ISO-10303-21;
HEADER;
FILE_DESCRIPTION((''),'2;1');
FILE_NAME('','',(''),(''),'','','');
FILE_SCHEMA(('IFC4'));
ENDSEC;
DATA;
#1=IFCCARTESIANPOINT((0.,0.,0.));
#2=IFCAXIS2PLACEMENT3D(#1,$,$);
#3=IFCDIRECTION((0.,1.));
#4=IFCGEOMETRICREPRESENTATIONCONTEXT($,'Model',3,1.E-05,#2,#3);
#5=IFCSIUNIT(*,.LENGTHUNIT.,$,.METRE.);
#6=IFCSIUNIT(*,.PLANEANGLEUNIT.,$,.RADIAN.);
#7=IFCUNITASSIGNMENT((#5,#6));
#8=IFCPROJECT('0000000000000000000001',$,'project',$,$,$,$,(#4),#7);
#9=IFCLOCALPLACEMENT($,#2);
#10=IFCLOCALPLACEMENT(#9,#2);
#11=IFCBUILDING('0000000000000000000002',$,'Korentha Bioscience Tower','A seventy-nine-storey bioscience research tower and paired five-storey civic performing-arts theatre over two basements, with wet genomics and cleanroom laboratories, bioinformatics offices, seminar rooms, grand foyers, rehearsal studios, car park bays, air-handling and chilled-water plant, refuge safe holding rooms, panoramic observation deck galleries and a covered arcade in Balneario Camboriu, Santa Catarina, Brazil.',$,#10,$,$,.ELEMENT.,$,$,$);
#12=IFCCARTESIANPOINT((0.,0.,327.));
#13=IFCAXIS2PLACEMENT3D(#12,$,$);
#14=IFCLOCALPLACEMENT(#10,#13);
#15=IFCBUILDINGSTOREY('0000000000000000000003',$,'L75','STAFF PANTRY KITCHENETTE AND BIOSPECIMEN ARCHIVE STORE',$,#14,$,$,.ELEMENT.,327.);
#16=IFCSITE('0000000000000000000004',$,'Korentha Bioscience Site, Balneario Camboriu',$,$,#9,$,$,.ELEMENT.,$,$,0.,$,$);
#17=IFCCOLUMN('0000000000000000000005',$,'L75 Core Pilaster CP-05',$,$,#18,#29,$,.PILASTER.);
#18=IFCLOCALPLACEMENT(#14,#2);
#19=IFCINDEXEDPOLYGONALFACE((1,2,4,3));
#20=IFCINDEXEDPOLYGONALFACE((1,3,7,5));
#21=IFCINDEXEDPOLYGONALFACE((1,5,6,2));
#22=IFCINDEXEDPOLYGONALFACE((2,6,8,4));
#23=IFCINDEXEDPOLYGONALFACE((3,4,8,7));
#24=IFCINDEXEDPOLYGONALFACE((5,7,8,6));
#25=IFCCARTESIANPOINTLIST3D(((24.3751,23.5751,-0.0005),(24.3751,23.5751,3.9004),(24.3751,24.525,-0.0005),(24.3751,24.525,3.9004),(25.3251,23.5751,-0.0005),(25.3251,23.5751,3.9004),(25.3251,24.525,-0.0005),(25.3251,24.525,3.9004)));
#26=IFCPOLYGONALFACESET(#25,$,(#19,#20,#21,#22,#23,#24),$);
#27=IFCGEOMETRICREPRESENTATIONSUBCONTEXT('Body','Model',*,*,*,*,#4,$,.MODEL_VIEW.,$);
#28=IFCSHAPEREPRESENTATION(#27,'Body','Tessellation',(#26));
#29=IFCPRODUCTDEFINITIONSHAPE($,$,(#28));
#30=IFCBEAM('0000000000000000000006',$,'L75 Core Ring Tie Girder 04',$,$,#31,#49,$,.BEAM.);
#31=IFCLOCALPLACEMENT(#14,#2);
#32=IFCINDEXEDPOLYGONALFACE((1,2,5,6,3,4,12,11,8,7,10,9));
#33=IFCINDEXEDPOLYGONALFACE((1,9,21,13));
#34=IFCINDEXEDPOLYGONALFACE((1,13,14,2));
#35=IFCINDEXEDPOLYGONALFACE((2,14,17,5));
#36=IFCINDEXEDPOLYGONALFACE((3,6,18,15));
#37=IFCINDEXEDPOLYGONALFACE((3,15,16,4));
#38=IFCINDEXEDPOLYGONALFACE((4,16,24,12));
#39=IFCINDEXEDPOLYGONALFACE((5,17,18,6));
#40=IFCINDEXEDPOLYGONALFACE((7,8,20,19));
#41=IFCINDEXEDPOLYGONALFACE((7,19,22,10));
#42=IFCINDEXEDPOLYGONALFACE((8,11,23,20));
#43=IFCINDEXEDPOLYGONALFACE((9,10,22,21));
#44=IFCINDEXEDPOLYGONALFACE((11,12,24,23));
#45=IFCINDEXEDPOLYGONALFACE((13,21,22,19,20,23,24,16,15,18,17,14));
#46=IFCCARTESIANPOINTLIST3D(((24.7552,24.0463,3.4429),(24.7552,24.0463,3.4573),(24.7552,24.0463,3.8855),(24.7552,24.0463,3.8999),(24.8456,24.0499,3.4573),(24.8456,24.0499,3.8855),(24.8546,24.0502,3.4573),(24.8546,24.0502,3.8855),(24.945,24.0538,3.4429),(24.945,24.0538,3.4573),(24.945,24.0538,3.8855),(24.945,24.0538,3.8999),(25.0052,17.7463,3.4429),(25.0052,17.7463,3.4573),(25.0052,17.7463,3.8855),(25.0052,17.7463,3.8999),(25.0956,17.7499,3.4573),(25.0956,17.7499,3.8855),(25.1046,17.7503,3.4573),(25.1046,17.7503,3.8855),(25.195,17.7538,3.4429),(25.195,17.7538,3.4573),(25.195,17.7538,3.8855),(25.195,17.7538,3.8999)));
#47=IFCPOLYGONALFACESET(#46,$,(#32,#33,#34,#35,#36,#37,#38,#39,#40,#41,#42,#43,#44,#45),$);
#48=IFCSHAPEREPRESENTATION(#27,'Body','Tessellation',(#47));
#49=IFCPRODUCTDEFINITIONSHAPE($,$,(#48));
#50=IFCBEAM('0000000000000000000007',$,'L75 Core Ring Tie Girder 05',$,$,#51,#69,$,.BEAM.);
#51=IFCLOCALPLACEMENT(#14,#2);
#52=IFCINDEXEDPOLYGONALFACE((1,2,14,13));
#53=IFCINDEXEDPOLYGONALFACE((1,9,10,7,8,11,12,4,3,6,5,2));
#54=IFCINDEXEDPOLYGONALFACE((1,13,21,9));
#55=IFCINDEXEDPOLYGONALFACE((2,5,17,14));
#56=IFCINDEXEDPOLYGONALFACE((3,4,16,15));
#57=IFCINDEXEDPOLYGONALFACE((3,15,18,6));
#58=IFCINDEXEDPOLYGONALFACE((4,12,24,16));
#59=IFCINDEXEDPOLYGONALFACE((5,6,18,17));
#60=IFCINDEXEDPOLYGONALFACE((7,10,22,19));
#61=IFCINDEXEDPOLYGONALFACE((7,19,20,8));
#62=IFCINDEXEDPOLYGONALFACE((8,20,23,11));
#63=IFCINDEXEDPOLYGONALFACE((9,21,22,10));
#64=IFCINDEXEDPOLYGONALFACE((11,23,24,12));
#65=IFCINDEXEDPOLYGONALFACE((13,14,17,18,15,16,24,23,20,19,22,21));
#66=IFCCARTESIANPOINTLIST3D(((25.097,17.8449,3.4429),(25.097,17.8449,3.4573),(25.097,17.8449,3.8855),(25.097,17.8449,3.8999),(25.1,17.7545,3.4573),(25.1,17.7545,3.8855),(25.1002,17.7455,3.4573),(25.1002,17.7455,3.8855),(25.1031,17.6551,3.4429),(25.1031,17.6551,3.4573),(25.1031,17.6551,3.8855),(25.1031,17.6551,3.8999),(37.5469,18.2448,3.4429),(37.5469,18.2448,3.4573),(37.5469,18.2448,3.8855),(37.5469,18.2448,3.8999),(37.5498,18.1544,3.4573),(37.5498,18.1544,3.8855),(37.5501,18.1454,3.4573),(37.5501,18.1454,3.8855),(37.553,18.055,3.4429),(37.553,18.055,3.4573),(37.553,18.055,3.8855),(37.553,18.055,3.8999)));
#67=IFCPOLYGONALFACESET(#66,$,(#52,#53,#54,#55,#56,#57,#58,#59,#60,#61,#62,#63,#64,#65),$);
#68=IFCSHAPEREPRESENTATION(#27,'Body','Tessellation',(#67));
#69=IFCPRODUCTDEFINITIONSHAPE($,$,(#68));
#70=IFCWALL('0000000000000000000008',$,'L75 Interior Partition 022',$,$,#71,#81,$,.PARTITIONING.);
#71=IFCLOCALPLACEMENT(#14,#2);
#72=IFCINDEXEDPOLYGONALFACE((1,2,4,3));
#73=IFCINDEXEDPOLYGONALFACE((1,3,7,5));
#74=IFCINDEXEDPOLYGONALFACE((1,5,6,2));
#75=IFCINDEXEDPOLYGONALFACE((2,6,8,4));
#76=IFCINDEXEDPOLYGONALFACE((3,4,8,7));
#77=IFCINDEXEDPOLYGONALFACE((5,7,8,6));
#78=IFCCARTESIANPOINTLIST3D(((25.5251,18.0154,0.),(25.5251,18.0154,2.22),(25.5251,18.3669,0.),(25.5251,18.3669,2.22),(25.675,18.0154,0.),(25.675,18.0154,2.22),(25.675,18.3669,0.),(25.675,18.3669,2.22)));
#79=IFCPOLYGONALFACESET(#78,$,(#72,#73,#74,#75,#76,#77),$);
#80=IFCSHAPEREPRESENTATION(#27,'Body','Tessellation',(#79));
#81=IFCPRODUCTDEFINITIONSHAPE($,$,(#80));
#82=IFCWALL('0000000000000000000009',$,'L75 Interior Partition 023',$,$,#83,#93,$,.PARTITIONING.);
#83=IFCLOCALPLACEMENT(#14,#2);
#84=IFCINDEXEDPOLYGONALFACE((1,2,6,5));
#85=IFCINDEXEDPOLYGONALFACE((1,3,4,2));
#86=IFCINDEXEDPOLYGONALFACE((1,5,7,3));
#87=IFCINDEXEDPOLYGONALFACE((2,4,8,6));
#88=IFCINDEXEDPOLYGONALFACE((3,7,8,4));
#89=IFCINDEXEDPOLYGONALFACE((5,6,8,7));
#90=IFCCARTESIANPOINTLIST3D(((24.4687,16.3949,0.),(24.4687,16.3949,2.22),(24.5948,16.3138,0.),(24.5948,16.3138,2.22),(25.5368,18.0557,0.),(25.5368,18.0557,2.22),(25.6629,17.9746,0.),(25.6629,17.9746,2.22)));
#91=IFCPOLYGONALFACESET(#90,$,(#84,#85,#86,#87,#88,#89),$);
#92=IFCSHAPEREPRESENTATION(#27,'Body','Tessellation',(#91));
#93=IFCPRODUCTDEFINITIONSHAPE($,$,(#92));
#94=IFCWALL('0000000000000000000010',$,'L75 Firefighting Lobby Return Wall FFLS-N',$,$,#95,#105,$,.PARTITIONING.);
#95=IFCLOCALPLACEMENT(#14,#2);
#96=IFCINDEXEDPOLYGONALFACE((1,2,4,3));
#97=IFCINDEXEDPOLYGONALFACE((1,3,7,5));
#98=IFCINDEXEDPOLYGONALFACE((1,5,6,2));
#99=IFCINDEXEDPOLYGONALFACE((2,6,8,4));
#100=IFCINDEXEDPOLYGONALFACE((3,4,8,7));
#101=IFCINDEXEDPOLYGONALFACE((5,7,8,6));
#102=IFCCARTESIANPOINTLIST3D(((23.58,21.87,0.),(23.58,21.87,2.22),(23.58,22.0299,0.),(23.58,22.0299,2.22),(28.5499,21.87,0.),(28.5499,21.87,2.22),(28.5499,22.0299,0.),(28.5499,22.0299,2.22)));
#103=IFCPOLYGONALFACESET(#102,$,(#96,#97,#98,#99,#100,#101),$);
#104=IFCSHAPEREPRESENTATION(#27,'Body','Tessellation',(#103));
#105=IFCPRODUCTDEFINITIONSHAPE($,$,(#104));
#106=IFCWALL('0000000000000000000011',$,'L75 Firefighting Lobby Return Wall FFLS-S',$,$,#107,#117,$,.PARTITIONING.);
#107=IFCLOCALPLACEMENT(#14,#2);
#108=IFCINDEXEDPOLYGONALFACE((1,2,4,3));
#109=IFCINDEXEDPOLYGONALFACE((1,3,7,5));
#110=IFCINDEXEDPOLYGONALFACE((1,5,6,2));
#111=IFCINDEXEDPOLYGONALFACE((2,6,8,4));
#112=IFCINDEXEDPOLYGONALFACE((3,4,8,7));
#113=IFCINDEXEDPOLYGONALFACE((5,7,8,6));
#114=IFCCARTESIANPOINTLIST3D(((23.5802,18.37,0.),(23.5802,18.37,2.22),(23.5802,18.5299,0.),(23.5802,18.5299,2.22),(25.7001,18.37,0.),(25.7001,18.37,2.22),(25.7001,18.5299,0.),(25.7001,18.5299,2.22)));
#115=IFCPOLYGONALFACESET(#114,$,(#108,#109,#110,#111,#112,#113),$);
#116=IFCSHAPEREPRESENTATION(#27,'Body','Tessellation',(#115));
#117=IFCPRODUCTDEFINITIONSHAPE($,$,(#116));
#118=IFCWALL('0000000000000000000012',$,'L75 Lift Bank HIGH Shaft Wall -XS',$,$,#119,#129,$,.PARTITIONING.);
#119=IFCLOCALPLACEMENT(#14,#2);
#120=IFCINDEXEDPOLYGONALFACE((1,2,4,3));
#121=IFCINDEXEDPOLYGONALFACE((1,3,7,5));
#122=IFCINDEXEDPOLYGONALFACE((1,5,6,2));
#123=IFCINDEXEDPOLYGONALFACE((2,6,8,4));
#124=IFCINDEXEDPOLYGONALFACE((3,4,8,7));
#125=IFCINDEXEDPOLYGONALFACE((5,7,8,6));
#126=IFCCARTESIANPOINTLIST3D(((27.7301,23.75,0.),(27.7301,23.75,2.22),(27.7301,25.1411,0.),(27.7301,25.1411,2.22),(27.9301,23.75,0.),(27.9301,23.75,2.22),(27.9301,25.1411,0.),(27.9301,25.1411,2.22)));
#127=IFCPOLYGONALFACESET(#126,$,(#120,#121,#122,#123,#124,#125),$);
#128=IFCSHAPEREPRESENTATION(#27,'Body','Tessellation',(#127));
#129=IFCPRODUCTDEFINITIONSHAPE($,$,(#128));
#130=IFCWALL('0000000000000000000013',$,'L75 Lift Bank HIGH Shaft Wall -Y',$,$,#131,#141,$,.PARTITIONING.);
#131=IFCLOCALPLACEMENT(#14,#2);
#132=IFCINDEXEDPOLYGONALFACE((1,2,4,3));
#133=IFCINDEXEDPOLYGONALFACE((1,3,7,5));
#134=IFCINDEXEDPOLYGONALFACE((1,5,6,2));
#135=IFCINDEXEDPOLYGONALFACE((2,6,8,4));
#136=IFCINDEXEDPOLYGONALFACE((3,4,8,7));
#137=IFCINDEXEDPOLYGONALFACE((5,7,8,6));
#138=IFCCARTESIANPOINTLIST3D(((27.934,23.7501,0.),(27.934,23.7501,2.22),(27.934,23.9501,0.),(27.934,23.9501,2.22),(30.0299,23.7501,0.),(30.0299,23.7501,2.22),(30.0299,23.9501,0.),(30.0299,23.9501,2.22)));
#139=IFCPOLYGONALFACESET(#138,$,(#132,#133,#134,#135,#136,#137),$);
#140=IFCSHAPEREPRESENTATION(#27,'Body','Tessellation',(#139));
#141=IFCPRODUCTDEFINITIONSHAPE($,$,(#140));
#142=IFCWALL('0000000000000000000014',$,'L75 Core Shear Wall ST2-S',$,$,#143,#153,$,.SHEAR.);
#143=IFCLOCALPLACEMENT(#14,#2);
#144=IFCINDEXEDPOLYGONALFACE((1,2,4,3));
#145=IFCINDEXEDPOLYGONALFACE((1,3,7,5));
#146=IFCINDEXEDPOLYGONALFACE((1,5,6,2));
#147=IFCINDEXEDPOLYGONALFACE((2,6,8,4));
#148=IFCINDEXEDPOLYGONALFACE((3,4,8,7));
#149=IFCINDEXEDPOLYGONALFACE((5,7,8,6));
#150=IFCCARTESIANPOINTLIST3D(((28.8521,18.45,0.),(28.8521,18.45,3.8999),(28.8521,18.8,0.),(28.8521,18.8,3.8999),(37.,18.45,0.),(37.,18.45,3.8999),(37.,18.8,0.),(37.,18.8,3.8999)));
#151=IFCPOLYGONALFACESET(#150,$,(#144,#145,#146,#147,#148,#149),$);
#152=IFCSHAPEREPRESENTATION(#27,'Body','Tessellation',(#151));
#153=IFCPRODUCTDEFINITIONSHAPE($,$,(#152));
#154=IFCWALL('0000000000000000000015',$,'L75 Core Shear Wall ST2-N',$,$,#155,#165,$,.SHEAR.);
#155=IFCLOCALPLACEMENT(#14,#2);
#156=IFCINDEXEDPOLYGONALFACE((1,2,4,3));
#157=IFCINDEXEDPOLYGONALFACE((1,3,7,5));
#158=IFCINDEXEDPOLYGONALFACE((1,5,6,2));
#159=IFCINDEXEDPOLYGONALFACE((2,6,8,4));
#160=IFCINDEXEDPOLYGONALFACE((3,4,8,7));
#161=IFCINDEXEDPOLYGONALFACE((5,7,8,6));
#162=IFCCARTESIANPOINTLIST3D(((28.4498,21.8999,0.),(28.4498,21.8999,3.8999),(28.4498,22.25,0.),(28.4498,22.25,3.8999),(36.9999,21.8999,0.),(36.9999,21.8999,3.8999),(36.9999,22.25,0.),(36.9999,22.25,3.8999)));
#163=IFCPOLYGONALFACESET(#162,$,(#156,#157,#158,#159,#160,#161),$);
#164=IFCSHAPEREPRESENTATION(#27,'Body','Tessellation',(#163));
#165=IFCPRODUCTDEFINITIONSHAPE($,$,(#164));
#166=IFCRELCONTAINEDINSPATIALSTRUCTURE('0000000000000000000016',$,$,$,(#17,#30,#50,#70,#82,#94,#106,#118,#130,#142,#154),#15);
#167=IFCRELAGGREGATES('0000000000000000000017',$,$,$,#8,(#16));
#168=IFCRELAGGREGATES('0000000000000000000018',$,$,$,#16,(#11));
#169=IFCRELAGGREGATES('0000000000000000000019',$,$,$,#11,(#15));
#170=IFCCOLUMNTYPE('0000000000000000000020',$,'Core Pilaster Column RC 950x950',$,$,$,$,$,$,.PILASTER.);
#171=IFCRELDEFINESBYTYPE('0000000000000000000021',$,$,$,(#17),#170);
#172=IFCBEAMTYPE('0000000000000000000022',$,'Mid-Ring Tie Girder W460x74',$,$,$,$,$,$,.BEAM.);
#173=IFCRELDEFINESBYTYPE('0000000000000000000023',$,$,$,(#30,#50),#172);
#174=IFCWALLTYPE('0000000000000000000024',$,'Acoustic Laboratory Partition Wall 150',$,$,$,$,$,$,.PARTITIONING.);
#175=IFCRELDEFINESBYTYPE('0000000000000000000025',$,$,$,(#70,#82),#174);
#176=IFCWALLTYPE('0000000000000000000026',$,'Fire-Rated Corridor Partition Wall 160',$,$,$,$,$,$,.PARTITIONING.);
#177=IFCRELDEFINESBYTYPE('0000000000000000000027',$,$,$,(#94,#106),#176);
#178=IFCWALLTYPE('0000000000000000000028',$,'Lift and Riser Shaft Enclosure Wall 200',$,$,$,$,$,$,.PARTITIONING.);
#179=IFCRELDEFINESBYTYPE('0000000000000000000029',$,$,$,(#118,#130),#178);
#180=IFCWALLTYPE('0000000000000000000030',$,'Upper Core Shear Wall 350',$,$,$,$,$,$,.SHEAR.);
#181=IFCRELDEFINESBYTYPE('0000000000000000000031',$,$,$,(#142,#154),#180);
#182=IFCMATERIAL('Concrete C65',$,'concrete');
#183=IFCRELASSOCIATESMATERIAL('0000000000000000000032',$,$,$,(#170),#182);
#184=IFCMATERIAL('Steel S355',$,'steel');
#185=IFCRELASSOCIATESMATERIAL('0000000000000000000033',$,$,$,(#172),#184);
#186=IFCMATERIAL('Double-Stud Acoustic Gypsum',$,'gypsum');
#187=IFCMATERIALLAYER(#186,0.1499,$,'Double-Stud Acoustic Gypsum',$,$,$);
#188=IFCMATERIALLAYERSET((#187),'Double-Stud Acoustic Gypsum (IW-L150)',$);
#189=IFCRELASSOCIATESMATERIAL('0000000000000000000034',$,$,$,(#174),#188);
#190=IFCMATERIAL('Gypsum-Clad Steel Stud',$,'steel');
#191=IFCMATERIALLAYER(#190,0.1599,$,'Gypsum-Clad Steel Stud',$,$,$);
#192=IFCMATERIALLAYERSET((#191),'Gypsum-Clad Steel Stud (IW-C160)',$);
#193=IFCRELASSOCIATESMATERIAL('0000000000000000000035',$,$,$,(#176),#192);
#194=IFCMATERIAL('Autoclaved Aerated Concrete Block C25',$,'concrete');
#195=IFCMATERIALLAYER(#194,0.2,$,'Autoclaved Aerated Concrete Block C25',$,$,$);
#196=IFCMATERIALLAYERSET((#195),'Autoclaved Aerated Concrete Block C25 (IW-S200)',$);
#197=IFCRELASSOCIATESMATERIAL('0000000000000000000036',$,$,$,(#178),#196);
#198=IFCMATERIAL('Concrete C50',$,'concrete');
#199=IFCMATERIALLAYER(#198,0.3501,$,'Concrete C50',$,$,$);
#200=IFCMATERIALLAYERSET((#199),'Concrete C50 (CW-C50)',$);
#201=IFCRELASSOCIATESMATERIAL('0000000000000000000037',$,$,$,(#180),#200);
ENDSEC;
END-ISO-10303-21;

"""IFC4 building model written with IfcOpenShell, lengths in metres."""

from ifc_helpers import new_model, si_unit, direction, frame, frame_2d, origin, origin_2d, place, context, subcontext, project, spatial, rectangle, i_section, extrude, material, layer, layer_set, material_profile, profile_set, type_object, element, save


model = new_model("IFC4")

# Units and contexts
model_context = context("Model", 3, precision=1e-05, world=origin(), true_north=direction((0.0, 1.0)))
body_context = subcontext(model_context, "Body", "Model", "MODEL_VIEW")
ifc_project = project(units=[si_unit("LENGTHUNIT", "METRE"), si_unit("PLANEANGLEUNIT", "RADIAN")], contexts=[model_context])

# Site, building, storey
site_placement = place(None, origin())
site = spatial("IfcSite", under=ifc_project, at=site_placement, Name="Korentha Bioscience Site, Balneario Camboriu", CompositionType="ELEMENT", RefElevation=0.0)
building_placement = place(site_placement, origin())
building = spatial("IfcBuilding", under=site, at=building_placement, Name="Korentha Bioscience Tower", Description="A seventy-nine-storey bioscience research tower and paired five-storey civic performing-arts theatre over two basements, with wet genomics and cleanroom laboratories, bioinformatics offices, seminar rooms, grand foyers, rehearsal studios, car park bays, air-handling and chilled-water plant, refuge safe holding rooms, panoramic observation deck galleries and a covered arcade in Balneario Camboriu, Santa Catarina, Brazil.", CompositionType="ELEMENT")
storey_placement = place(building_placement, frame((0.0, 0.0, 327.0)))
storey = spatial("IfcBuildingStorey", under=building, at=storey_placement, Name="L75", Description="STAFF PANTRY KITCHENETTE AND BIOSPECIMEN ARCHIVE STORE", CompositionType="ELEMENT", Elevation=327.0)

# Column
ifc_material_1 = material(Name="Concrete C65", Category="concrete")
ifc_material_profile_1 = material_profile(ifc_material_1, rectangle(XDim=0.95, YDim=0.95, at=origin_2d()), Name="Concrete C65")
ifc_profile_set_1 = profile_set([ifc_material_profile_1], Name="Concrete C65 (COL-CP09)")
column_type = type_object("IfcColumnType", Name="Core Pilaster Column RC 950x950", PredefinedType="PILASTER", material=ifc_profile_set_1)
column_placement = place(storey_placement, frame((24.8501, 24.05, -0.0005), z_axis=(0.0, 0.0, 1.0), x_axis=(1.0, 0.0, 0.0)))
element("IfcColumn", 1, at=column_placement, inside=storey, type_object=column_type, Name="L75 Core Pilaster CP-05", PredefinedType="PILASTER", context=body_context, shape_type="SweptSolid", body=[
    extrude(rectangle(XDim=0.95, YDim=0.95, at=origin_2d()), origin(), (0.0, 0.0, 1.0), 3.9009),
])

# Beams
ifc_material_2 = material(Name="Steel S355", Category="steel")
ifc_material_profile_2 = material_profile(ifc_material_2, i_section(OverallWidth=0.1899, OverallDepth=0.457, WebThickness=0.009, FlangeThickness=0.0144, at=origin_2d()), Name="Steel S355")
ifc_profile_set_2 = profile_set([ifc_material_profile_2], Name="Steel S355 (MB-460)")
beam_type = type_object("IfcBeamType", Name="Mid-Ring Tie Girder W460x74", PredefinedType="BEAM", material=ifc_profile_set_2)
beam_1_placement = place(storey_placement, frame((24.8501, 24.05, 3.6714), z_axis=(0.039651, -0.999214, 0.0), x_axis=(0.999214, 0.039651, 0.0)))
element("IfcBeam", 2, at=beam_1_placement, inside=storey, type_object=beam_type, Name="L75 Core Ring Tie Girder 04", PredefinedType="BEAM", context=body_context, shape_type="SweptSolid", body=[
    extrude(i_section(OverallWidth=0.1899, OverallDepth=0.457, WebThickness=0.009, FlangeThickness=0.0144, at=origin_2d()), origin(), (0.0, 0.0, 1.0), 6.3049),
])
beam_2_placement = place(storey_placement, frame((25.1001, 17.75, 3.6714), z_axis=(0.999485, 0.032104, 0.0), x_axis=(-0.032104, 0.999485, 0.0)))
element("IfcBeam", 3, at=beam_2_placement, inside=storey, type_object=beam_type, Name="L75 Core Ring Tie Girder 05", PredefinedType="BEAM", context=body_context, shape_type="SweptSolid", body=[
    extrude(i_section(OverallWidth=0.1899, OverallDepth=0.457, WebThickness=0.009, FlangeThickness=0.0144, at=origin_2d()), origin(), (0.0, 0.0, 1.0), 12.4563),
])

# Walls
ifc_material_3 = material(Name="Double-Stud Acoustic Gypsum", Category="gypsum")
ifc_layer_1 = layer(ifc_material_3, 0.1499, Name="Double-Stud Acoustic Gypsum")
ifc_layer_set_1 = layer_set([ifc_layer_1], Name="Double-Stud Acoustic Gypsum (IW-L150)")
wall_type_1 = type_object("IfcWallType", Name="Acoustic Laboratory Partition Wall 150", PredefinedType="PARTITIONING", material=ifc_layer_set_1)
wall_1_placement = place(storey_placement, frame((25.6001, 18.3669, 0.0), z_axis=(0.0, 0.0, 1.0), x_axis=(0.0, -1.0, 0.0)))
element("IfcWall", 4, at=wall_1_placement, inside=storey, type_object=wall_type_1, Name="L75 Interior Partition 022", PredefinedType="PARTITIONING", context=body_context, shape_type="SweptSolid", body=[
    extrude(rectangle(XDim=0.3516, YDim=0.1499, at=frame_2d((0.1758, 0.0))), origin(), (0.0, 0.0, 1.0), 2.22),
])
wall_2_placement = place(storey_placement, frame((25.5999, 18.0151, 0.0), z_axis=(0.0, 0.0, 1.0), x_axis=(-0.540901, -0.841086, 0.0)))
element("IfcWall", 5, at=wall_2_placement, inside=storey, type_object=wall_type_1, Name="L75 Interior Partition 023", PredefinedType="PARTITIONING", context=body_context, shape_type="SweptSolid", body=[
    extrude(rectangle(XDim=1.9746, YDim=0.1499, at=frame_2d((0.9873, 0.0))), origin(), (0.0, 0.0, 1.0), 2.22),
])

# Shared definitions
ifc_material_4 = material(Name="Gypsum-Clad Steel Stud", Category="steel")
ifc_layer_2 = layer(ifc_material_4, 0.1599, Name="Gypsum-Clad Steel Stud")
ifc_layer_set_2 = layer_set([ifc_layer_2], Name="Gypsum-Clad Steel Stud (IW-C160)")
wall_type_2 = type_object("IfcWallType", Name="Fire-Rated Corridor Partition Wall 160", PredefinedType="PARTITIONING", material=ifc_layer_set_2)

# Walls
wall_3_placement = place(storey_placement, frame((23.5801, 21.95, 0.0), z_axis=(0.0, 0.0, 1.0), x_axis=(1.0, 0.0, 0.0)))
element("IfcWall", 6, at=wall_3_placement, inside=storey, type_object=wall_type_2, Name="L75 Firefighting Lobby Return Wall FFLS-N", PredefinedType="PARTITIONING", context=body_context, shape_type="SweptSolid", body=[
    extrude(rectangle(XDim=4.97, YDim=0.1599, at=frame_2d((2.4849, 0.0))), origin(), (0.0, 0.0, 1.0), 2.22),
])
wall_4_placement = place(storey_placement, frame((23.5801, 18.45, 0.0), z_axis=(0.0, 0.0, 1.0), x_axis=(1.0, 0.0, 0.0)))
element("IfcWall", 7, at=wall_4_placement, inside=storey, type_object=wall_type_2, Name="L75 Firefighting Lobby Return Wall FFLS-S", PredefinedType="PARTITIONING", context=body_context, shape_type="SweptSolid", body=[
    extrude(rectangle(XDim=2.1199, YDim=0.1599, at=frame_2d((1.0601, 0.0))), origin(), (0.0, 0.0, 1.0), 2.22),
])
ifc_material_5 = material(Name="Autoclaved Aerated Concrete Block C25", Category="concrete")
ifc_layer_3 = layer(ifc_material_5, 0.2, Name="Autoclaved Aerated Concrete Block C25")
ifc_layer_set_3 = layer_set([ifc_layer_3], Name="Autoclaved Aerated Concrete Block C25 (IW-S200)")
wall_type_3 = type_object("IfcWallType", Name="Lift and Riser Shaft Enclosure Wall 200", PredefinedType="PARTITIONING", material=ifc_layer_set_3)
wall_5_placement = place(storey_placement, frame((27.8301, 23.75, 0.0), z_axis=(0.0, 0.0, 1.0), x_axis=(0.0, 1.0, 0.0)))
element("IfcWall", 8, at=wall_5_placement, inside=storey, type_object=wall_type_3, Name="L75 Lift Bank HIGH Shaft Wall -XS", PredefinedType="PARTITIONING", context=body_context, shape_type="SweptSolid", body=[
    extrude(rectangle(XDim=1.3911, YDim=0.2, at=frame_2d((0.6956, 0.0))), origin(), (0.0, 0.0, 1.0), 2.22),
])
wall_6_placement = place(storey_placement, frame((27.9341, 23.8501, 0.0), z_axis=(0.0, 0.0, 1.0), x_axis=(1.0, 0.0, 0.0)))
element("IfcWall", 9, at=wall_6_placement, inside=storey, type_object=wall_type_3, Name="L75 Lift Bank HIGH Shaft Wall -Y", PredefinedType="PARTITIONING", context=body_context, shape_type="SweptSolid", body=[
    extrude(rectangle(XDim=2.0959, YDim=0.2, at=frame_2d((1.0479, 0.0))), origin(), (0.0, 0.0, 1.0), 2.22),
])
ifc_material_6 = material(Name="Concrete C50", Category="concrete")
ifc_layer_4 = layer(ifc_material_6, 0.3501, Name="Concrete C50")
ifc_layer_set_4 = layer_set([ifc_layer_4], Name="Concrete C50 (CW-C50)")
wall_type_4 = type_object("IfcWallType", Name="Upper Core Shear Wall 350", PredefinedType="SHEAR", material=ifc_layer_set_4)
wall_7_placement = place(storey_placement, frame((28.8521, 18.625, 0.0), z_axis=(0.0, 0.0, 1.0), x_axis=(1.0, 0.0, 0.0)))
element("IfcWall", 10, at=wall_7_placement, inside=storey, type_object=wall_type_4, Name="L75 Core Shear Wall ST2-S", PredefinedType="SHEAR", context=body_context, shape_type="SweptSolid", body=[
    extrude(rectangle(XDim=8.1479, YDim=0.3501, at=frame_2d((4.074, 0.0))), origin(), (0.0, 0.0, 1.0), 3.8999),
])
wall_8_placement = place(storey_placement, frame((28.45, 22.075, 0.0), z_axis=(0.0, 0.0, 1.0), x_axis=(1.0, 0.0, 0.0)))
element("IfcWall", 11, at=wall_8_placement, inside=storey, type_object=wall_type_4, Name="L75 Core Shear Wall ST2-N", PredefinedType="SHEAR", context=body_context, shape_type="SweptSolid", body=[
    extrude(rectangle(XDim=8.55, YDim=0.3501, at=frame_2d((4.2749, 0.0))), origin(), (0.0, 0.0, 1.0), 3.8999),
])

save(model, "model.ifc")
